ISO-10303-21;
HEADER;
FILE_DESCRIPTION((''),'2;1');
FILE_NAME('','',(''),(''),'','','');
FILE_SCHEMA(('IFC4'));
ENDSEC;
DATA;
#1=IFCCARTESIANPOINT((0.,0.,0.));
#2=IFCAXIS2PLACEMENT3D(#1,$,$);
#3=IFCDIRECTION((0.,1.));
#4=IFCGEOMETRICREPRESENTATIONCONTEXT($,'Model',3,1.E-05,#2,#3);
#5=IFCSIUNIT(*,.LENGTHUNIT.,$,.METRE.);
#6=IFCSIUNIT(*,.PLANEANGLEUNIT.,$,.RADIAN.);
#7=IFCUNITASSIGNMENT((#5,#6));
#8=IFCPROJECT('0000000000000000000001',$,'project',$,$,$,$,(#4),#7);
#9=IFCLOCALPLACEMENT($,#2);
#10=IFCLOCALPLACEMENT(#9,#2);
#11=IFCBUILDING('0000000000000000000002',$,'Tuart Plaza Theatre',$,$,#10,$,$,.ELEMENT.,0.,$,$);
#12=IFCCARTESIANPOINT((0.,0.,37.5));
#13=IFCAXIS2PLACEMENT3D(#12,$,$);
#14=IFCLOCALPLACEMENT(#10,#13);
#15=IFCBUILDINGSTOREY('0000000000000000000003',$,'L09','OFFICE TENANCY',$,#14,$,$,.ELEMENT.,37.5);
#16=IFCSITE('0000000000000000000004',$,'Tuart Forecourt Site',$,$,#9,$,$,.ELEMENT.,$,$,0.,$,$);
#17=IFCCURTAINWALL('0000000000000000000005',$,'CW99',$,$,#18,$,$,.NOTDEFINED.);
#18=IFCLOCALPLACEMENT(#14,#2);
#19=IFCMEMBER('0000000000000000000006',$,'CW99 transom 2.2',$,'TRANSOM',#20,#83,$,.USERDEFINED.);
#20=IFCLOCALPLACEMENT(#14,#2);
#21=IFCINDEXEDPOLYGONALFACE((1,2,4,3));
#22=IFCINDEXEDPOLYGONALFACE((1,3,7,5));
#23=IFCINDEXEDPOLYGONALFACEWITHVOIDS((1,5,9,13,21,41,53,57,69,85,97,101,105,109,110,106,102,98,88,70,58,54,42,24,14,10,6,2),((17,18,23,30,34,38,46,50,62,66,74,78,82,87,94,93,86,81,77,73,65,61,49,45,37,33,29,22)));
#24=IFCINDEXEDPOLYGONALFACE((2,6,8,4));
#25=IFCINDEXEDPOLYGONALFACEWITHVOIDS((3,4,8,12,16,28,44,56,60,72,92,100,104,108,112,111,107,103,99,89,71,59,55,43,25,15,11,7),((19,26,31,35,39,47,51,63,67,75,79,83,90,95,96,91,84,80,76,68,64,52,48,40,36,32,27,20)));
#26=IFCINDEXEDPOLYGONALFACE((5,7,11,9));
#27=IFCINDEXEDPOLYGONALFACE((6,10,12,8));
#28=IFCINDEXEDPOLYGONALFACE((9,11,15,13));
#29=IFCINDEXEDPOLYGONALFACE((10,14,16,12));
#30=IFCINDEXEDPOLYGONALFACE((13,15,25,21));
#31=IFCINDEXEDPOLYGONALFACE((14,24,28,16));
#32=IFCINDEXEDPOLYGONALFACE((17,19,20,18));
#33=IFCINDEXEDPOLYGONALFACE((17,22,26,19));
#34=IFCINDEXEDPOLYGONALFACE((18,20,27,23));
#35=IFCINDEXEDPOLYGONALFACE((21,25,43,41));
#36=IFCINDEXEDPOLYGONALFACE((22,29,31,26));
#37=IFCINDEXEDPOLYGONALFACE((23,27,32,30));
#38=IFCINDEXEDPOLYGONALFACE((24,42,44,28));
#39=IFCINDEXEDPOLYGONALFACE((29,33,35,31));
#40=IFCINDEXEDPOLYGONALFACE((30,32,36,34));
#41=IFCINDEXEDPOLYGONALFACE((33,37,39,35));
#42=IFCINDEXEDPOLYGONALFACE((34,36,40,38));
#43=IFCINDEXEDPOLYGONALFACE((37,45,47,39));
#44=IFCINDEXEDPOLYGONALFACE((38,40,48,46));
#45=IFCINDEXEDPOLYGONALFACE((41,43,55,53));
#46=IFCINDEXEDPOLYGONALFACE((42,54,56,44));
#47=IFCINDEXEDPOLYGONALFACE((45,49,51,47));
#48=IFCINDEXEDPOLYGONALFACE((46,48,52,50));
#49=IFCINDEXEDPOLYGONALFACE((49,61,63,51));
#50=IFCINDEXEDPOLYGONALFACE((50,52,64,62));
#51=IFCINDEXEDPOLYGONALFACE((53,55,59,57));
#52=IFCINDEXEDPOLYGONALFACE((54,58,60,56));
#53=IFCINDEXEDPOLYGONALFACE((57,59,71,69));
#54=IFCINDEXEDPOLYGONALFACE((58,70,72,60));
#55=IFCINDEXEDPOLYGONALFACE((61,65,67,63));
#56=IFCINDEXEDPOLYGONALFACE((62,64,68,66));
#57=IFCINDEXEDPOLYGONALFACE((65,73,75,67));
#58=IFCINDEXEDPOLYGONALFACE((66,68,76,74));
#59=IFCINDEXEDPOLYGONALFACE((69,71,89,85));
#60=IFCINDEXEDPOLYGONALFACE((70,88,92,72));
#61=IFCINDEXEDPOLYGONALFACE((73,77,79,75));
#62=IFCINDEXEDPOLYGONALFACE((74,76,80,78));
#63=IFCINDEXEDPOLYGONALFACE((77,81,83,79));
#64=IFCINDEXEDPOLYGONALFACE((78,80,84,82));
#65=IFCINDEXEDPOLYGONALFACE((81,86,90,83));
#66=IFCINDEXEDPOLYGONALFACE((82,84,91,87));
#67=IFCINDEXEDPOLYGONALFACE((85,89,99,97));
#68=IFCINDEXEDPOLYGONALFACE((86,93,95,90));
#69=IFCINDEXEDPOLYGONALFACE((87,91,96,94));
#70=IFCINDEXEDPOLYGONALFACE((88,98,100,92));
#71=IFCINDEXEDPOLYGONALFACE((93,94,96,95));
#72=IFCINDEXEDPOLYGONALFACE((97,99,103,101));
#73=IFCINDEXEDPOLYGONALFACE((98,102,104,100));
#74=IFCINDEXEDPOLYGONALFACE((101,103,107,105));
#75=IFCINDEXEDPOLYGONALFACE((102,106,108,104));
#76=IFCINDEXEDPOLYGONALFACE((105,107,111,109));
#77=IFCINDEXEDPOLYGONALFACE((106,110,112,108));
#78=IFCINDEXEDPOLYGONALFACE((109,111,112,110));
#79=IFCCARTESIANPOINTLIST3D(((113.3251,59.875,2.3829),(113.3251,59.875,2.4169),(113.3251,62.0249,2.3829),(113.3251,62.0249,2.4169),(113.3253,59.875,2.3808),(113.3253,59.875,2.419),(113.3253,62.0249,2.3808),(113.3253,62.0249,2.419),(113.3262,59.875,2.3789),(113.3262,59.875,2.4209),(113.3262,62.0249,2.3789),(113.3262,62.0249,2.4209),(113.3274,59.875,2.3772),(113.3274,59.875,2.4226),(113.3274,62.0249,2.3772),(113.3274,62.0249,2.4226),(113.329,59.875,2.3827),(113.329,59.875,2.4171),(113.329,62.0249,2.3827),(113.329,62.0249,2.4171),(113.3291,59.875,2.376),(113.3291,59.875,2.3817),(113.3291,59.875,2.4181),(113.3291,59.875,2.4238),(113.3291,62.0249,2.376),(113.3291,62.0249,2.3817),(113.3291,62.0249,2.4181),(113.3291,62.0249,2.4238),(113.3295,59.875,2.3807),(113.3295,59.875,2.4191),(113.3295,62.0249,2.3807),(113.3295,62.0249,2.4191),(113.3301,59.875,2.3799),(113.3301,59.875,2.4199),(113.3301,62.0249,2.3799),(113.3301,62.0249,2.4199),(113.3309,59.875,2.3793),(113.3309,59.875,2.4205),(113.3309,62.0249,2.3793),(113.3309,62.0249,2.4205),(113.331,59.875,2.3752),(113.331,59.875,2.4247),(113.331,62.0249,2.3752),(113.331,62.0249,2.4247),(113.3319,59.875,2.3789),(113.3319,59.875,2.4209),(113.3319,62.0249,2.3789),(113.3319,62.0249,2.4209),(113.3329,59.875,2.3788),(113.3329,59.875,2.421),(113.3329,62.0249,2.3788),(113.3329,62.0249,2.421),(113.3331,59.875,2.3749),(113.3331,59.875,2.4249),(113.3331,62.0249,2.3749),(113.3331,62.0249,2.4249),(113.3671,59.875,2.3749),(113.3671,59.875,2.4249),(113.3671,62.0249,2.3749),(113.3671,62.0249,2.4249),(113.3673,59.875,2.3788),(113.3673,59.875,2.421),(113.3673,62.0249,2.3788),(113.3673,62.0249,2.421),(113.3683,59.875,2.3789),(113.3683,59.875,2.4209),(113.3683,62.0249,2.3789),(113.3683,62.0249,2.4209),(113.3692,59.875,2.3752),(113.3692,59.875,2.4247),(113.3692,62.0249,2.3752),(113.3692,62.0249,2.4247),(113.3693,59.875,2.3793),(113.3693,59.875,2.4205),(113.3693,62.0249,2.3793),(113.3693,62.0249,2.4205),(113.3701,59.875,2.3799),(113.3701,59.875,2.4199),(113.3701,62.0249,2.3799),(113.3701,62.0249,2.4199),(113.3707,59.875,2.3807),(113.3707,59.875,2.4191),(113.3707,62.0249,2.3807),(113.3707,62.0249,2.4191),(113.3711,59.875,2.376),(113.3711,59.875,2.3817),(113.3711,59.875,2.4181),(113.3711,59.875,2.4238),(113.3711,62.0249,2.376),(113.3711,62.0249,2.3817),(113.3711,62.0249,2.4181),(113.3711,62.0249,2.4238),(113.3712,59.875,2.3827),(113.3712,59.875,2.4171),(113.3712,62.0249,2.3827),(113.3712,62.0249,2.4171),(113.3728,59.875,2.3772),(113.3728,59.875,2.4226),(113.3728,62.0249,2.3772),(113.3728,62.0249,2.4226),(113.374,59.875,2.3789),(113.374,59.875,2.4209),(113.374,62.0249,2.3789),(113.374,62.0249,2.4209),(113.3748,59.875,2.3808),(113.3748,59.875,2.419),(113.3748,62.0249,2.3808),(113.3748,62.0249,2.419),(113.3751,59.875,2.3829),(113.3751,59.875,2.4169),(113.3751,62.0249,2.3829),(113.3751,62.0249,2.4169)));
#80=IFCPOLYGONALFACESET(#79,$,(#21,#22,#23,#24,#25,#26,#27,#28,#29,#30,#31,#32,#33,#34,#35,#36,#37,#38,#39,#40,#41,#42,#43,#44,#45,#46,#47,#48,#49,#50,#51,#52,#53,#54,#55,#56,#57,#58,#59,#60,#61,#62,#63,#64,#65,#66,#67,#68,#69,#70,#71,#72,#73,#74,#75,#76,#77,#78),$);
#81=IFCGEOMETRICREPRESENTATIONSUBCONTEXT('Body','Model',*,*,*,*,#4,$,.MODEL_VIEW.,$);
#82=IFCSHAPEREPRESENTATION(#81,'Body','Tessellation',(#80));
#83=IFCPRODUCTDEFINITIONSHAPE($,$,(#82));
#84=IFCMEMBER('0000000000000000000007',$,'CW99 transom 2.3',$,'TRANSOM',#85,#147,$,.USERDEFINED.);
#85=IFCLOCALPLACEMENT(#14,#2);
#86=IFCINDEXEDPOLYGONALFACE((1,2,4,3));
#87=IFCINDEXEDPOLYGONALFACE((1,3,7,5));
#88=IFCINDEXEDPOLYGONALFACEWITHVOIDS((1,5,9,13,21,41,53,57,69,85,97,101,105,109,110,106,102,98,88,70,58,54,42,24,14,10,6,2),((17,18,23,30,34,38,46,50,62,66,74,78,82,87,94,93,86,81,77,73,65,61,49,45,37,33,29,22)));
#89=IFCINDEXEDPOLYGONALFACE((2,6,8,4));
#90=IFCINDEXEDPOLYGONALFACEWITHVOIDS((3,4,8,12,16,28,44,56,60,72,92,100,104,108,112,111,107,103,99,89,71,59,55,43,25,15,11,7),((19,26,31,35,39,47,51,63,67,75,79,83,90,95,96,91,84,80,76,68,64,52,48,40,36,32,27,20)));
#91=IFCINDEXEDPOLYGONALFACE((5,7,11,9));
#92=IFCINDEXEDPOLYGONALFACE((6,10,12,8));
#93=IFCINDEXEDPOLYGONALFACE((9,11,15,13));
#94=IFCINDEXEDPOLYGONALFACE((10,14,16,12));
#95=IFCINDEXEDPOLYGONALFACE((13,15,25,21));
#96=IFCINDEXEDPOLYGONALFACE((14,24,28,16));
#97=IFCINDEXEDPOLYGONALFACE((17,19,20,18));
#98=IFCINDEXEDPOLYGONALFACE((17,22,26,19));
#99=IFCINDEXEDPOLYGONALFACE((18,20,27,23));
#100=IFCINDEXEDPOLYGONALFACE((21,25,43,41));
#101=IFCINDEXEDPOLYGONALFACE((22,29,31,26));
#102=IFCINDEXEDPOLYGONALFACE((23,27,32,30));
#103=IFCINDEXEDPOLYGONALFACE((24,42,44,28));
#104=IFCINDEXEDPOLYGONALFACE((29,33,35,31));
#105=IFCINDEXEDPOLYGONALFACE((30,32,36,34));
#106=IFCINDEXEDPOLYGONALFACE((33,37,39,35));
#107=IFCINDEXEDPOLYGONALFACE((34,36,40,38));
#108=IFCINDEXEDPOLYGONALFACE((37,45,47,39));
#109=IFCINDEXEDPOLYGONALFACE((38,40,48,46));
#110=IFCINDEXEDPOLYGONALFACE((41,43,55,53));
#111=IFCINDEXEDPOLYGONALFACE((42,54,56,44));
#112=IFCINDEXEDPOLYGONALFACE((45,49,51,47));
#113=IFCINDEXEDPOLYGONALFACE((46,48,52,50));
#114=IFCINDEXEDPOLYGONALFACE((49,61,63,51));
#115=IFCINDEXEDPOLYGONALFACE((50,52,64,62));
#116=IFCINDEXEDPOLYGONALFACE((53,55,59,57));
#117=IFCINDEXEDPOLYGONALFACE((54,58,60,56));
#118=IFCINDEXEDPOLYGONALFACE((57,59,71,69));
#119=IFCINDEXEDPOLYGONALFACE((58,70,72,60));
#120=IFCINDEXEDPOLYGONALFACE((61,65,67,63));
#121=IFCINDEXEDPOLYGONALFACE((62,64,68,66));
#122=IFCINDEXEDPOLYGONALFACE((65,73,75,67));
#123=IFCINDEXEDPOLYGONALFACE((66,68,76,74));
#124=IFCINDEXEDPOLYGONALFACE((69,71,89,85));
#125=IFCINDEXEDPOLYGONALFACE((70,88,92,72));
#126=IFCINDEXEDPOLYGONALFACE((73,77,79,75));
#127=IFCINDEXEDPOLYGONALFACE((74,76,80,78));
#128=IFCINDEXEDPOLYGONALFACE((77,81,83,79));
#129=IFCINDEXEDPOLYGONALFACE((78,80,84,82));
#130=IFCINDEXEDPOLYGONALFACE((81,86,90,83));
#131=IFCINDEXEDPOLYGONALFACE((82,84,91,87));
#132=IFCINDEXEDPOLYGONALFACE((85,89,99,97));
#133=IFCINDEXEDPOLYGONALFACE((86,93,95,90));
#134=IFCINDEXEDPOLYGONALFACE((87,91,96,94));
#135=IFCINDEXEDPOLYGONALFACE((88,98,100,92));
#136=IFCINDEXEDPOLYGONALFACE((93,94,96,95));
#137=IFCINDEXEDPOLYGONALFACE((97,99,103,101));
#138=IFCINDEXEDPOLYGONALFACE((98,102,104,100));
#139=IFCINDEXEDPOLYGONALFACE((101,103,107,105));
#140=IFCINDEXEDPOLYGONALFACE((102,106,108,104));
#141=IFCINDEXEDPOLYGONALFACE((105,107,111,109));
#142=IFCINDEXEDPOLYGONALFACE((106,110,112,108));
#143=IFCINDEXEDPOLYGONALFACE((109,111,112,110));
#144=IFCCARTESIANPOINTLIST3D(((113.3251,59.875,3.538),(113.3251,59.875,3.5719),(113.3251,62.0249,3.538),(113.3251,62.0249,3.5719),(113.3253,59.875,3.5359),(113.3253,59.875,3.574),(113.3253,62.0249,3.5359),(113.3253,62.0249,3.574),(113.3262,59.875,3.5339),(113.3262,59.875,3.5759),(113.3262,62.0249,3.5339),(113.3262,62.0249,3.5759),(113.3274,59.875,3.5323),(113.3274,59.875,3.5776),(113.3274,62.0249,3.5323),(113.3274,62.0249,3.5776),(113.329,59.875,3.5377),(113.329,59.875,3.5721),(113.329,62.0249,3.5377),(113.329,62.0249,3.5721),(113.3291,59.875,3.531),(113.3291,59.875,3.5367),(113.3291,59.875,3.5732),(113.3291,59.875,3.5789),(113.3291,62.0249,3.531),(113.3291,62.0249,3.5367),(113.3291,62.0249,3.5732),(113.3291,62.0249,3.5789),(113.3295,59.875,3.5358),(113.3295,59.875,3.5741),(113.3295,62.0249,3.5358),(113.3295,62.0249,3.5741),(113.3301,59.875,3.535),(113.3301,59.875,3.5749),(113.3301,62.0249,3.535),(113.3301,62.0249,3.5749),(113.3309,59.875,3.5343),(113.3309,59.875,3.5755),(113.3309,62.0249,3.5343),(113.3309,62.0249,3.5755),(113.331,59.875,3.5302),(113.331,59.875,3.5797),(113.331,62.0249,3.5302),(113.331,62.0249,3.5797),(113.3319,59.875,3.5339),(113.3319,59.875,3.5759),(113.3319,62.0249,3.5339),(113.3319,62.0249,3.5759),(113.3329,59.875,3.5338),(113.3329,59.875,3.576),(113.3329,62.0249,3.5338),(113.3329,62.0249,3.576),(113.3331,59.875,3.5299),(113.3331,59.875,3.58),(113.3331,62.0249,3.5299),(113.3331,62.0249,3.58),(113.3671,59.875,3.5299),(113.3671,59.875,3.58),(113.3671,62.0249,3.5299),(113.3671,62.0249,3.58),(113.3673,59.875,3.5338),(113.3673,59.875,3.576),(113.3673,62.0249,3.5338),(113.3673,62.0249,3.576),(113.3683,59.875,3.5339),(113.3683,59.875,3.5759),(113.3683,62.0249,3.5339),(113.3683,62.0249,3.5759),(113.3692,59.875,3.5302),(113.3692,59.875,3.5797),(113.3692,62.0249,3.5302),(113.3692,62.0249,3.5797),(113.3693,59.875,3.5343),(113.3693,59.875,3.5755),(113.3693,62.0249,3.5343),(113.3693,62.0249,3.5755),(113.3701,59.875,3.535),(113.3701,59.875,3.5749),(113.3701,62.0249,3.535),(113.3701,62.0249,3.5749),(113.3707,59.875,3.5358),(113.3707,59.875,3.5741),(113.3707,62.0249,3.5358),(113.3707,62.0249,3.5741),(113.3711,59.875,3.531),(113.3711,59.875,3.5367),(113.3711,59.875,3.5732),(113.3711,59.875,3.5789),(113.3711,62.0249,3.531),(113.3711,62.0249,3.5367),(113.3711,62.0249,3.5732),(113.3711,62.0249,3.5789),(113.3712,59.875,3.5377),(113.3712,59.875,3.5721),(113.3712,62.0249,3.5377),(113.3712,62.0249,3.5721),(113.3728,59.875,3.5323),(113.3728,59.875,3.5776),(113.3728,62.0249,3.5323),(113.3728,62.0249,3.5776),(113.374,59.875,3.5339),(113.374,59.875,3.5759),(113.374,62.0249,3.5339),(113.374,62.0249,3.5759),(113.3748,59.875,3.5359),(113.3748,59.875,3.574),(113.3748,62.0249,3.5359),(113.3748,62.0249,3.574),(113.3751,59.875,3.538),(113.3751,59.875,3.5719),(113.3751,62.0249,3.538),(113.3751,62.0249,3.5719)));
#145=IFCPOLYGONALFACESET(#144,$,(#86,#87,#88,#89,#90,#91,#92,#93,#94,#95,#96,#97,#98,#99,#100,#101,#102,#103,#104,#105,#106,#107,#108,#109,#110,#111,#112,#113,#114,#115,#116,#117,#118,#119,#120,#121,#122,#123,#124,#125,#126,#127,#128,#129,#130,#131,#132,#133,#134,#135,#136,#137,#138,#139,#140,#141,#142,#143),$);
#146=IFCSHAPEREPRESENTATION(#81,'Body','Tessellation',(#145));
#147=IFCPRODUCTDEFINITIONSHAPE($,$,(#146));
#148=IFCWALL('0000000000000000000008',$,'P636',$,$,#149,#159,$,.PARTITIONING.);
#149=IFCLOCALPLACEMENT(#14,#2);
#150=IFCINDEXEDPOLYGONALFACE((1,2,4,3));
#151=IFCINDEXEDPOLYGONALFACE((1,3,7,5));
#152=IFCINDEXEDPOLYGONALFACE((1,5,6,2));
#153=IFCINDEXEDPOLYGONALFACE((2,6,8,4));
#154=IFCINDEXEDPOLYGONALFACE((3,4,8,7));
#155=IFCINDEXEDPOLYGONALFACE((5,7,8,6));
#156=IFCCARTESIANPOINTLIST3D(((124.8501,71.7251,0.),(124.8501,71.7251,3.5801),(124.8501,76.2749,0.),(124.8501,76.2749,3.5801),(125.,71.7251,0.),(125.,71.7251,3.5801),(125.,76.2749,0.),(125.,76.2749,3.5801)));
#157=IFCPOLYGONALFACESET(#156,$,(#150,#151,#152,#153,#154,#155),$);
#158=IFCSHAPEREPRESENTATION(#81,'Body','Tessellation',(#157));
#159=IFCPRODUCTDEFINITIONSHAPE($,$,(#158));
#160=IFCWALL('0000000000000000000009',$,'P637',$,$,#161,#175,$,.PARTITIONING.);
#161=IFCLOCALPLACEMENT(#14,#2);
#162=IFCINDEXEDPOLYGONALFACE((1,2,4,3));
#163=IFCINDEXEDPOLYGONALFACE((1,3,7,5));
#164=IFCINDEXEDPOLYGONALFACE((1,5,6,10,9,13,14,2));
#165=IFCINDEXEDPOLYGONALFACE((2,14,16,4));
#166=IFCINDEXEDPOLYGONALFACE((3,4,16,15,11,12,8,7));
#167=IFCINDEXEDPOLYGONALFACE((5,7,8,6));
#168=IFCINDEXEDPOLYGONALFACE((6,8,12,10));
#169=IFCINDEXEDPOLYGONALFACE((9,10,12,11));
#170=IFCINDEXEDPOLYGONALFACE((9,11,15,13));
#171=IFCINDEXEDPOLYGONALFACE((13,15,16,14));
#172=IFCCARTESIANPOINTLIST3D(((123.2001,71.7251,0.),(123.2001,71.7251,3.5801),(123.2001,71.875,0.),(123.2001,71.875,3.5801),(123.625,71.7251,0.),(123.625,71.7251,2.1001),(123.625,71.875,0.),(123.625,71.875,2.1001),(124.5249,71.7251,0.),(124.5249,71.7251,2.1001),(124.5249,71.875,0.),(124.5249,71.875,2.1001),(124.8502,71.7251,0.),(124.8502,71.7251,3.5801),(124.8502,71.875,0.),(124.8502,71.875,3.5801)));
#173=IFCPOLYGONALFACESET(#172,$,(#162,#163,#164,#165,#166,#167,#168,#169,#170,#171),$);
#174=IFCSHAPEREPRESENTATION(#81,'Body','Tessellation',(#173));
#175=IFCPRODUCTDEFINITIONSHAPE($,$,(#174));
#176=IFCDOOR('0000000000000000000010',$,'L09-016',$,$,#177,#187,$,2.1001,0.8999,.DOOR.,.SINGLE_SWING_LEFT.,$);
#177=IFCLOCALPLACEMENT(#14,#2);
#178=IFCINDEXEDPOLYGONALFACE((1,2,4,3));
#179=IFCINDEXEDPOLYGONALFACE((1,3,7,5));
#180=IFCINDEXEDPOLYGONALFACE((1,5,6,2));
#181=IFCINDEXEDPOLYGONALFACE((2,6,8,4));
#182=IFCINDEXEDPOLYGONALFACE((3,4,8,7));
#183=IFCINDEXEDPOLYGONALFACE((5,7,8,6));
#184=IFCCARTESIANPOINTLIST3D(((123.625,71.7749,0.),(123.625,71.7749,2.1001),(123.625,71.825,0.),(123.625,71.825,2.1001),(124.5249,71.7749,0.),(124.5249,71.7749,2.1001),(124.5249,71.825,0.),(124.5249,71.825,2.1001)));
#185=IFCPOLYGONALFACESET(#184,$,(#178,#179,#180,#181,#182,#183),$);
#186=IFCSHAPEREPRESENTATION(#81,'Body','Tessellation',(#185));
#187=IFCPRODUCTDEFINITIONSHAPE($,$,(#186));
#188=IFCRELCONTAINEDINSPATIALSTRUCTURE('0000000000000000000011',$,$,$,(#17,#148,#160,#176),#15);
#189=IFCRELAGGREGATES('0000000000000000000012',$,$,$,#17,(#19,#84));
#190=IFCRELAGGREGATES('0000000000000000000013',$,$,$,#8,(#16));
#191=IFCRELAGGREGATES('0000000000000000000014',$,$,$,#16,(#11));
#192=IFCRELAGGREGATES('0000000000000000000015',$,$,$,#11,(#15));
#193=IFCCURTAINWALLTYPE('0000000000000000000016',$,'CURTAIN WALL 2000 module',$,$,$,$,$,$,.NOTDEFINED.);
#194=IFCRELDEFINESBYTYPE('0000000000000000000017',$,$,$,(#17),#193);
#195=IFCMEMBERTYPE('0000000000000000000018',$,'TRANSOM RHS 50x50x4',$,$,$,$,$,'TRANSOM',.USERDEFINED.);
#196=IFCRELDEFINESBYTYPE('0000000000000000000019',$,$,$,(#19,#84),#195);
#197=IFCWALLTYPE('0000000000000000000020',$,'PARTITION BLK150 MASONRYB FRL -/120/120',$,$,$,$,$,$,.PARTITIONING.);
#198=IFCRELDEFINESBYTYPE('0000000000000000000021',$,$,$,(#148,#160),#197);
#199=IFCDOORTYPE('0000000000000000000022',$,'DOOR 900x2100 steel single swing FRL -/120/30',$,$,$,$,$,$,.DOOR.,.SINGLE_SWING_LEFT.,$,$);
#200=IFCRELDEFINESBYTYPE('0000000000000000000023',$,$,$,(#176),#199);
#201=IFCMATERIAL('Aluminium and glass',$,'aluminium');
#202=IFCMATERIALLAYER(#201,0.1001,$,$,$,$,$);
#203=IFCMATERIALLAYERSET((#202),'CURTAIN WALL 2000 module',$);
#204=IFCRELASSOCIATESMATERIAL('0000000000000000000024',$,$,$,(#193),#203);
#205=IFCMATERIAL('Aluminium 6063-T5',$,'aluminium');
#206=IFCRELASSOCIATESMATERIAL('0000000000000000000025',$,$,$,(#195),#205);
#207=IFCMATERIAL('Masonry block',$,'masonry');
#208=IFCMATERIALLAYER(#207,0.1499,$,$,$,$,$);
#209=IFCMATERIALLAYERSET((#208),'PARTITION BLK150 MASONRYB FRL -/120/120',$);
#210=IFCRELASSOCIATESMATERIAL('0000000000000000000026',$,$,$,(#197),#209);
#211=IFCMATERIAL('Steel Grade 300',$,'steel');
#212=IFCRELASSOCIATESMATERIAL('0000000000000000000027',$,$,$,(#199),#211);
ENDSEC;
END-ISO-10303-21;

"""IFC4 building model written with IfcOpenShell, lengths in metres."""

from ifc_helpers import new_model, si_unit, direction, frame, frame_2d, origin, origin_2d, place, context, subcontext, project, spatial, rectangle, hollow_rectangle, extrude, material, layer, layer_set, material_profile, profile_set, type_object, element, fill, aggregate, save


model = new_model("IFC4")

# Units and contexts
model_context = context("Model", 3, precision=1e-05, world=origin(), true_north=direction((0.0, 1.0)))
body_context = subcontext(model_context, "Body", "Model", "MODEL_VIEW")
ifc_project = project(units=[si_unit("LENGTHUNIT", "METRE"), si_unit("PLANEANGLEUNIT", "RADIAN")], contexts=[model_context])

# Site, building, storey
site_placement = place(None, origin())
site = spatial("IfcSite", under=ifc_project, at=site_placement, Name="Tuart Forecourt Site", CompositionType="ELEMENT", RefElevation=0.0)
building_placement = place(site_placement, origin())
building = spatial("IfcBuilding", under=site, at=building_placement, Name="Tuart Plaza Theatre", CompositionType="ELEMENT", ElevationOfRefHeight=0.0)
storey_placement = place(building_placement, frame((0.0, 0.0, 37.5)))
storey = spatial("IfcBuildingStorey", under=building, at=storey_placement, Name="L09", Description="OFFICE TENANCY", CompositionType="ELEMENT", Elevation=37.5)

# Shared definitions
ifc_material_1 = material(Name="Aluminium and glass", Category="aluminium")
ifc_layer_1 = layer(ifc_material_1, 0.1001)
ifc_layer_set_1 = layer_set([ifc_layer_1], Name="CURTAIN WALL 2000 module")
curtain_wall_type = type_object("IfcCurtainWallType", Name="CURTAIN WALL 2000 module", PredefinedType="NOTDEFINED", material=ifc_layer_set_1)

# Curtain wall, members
curtain_wall_1_placement = place(storey_placement, origin())
curtain_wall_1 = element("IfcCurtainWall", 1, at=curtain_wall_1_placement, inside=storey, type_object=curtain_wall_type, Name="CW99", PredefinedType="NOTDEFINED")
ifc_material_2 = material(Name="Aluminium 6063-T5", Category="aluminium")
ifc_material_profile_1 = material_profile(ifc_material_2, hollow_rectangle(XDim=0.05, YDim=0.05, WallThickness=0.0039, InnerFilletRadius=0.0039, OuterFilletRadius=0.0081, at=origin_2d()), Name="RHS 50x50x4")
ifc_profile_set_1 = profile_set([ifc_material_profile_1], Name="Aluminium 6063-T5")
member_type_1 = type_object("IfcMemberType", Name="TRANSOM RHS 50x50x4", ElementType="TRANSOM", PredefinedType="USERDEFINED", material=ifc_profile_set_1)
member_1_placement = place(storey_placement, frame((113.3501, 62.0249, 2.3999), z_axis=(0.0, -1.0, 0.0), x_axis=(1.0, 0.0, 0.0)))
member_1 = element("IfcMember", 2, at=member_1_placement, type_object=member_type_1, Name="CW99 transom 2.2", ObjectType="TRANSOM", PredefinedType="USERDEFINED", context=body_context, shape_type="SweptSolid", body=[
    extrude(hollow_rectangle(XDim=0.05, YDim=0.05, WallThickness=0.0039, InnerFilletRadius=0.0039, OuterFilletRadius=0.0081, at=origin_2d()), origin(), (0.0, 0.0, 1.0), 2.1499),
])
member_2_placement = place(storey_placement, frame((113.3501, 62.0249, 3.5549), z_axis=(0.0, -1.0, 0.0), x_axis=(1.0, 0.0, 0.0)))
member_2 = element("IfcMember", 3, at=member_2_placement, type_object=member_type_1, Name="CW99 transom 2.3", ObjectType="TRANSOM", PredefinedType="USERDEFINED", context=body_context, shape_type="SweptSolid", body=[
    extrude(hollow_rectangle(XDim=0.05, YDim=0.05, WallThickness=0.0039, InnerFilletRadius=0.0039, OuterFilletRadius=0.0081, at=origin_2d()), origin(), (0.0, 0.0, 1.0), 2.1499),
])
aggregate(curtain_wall_1, [member_1, member_2])

# Wall
ifc_material_3 = material(Name="Masonry block", Category="masonry")
ifc_layer_2 = layer(ifc_material_3, 0.1499)
ifc_layer_set_2 = layer_set([ifc_layer_2], Name="PARTITION BLK150 MASONRYB FRL -/120/120")
wall_type_1 = type_object("IfcWallType", Name="PARTITION BLK150 MASONRYB FRL -/120/120", PredefinedType="PARTITIONING", material=ifc_layer_set_2)
wall_1_placement = place(storey_placement, frame((124.925, 71.7251, 0.0), z_axis=(0.0, 0.0, 1.0), x_axis=(0.0, 1.0, 0.0)))
element("IfcWall", 4, at=wall_1_placement, inside=storey, type_object=wall_type_1, Name="P636", PredefinedType="PARTITIONING", context=body_context, shape_type="SweptSolid", body=[
    extrude(rectangle(XDim=4.5498, YDim=0.1499, at=frame_2d((2.2749, 0.0))), origin(), (0.0, 0.0, 1.0), 3.5801),
])

# Wall, opening, door
wall_2_placement = place(storey_placement, frame((123.2, 71.8, 0.0), z_axis=(0.0, 0.0, 1.0), x_axis=(1.0, 0.0, 0.0)))
wall_2 = element("IfcWall", 5, at=wall_2_placement, inside=storey, type_object=wall_type_1, Name="P637", PredefinedType="PARTITIONING", context=body_context, shape_type="SweptSolid", body=[
    extrude(rectangle(XDim=1.6501, YDim=0.1499, at=frame_2d((0.8252, 0.0))), origin(), (0.0, 0.0, 1.0), 3.5801),
])
opening_1_placement = place(wall_2_placement, frame((0.425, 0.0, 0.0)))
opening_1 = element("IfcOpeningElement", 6, at=opening_1_placement, cuts=wall_2, PredefinedType="OPENING", context=body_context, shape_type="SweptSolid", body=[
    extrude(rectangle(XDim=0.8999, YDim=2.1001, at=frame_2d((0.45, 1.05))), frame((0.0, 0.085, 0.0), z_axis=(0.0, -1.0, 0.0), x_axis=(1.0, 0.0, 0.0)), (0.0, 0.0, 1.0), 0.1699),
])
ifc_material_4 = material(Name="Steel Grade 300", Category="steel")
door_type_1 = type_object("IfcDoorType", Name="DOOR 900x2100 steel single swing FRL -/120/30", OperationType="SINGLE_SWING_LEFT", PredefinedType="DOOR", material=ifc_material_4)
door_1_placement = place(opening_1_placement, origin())
door_1 = element("IfcDoor", 7, at=door_1_placement, inside=storey, type_object=door_type_1, Name="L09-016", OperationType="SINGLE_SWING_LEFT", OverallHeight=2.1001, OverallWidth=0.8999, PredefinedType="DOOR", context=body_context, shape_type="SweptSolid", body=[
    extrude(rectangle(XDim=0.8999, YDim=2.1001, at=frame_2d((0.45, 1.05))), frame((0.0, 0.0249, 0.0), z_axis=(0.0, -1.0, 0.0), x_axis=(1.0, 0.0, 0.0)), (0.0, 0.0, 1.0), 0.05),
])
fill(opening_1, door_1)

save(model, "model.ifc")
